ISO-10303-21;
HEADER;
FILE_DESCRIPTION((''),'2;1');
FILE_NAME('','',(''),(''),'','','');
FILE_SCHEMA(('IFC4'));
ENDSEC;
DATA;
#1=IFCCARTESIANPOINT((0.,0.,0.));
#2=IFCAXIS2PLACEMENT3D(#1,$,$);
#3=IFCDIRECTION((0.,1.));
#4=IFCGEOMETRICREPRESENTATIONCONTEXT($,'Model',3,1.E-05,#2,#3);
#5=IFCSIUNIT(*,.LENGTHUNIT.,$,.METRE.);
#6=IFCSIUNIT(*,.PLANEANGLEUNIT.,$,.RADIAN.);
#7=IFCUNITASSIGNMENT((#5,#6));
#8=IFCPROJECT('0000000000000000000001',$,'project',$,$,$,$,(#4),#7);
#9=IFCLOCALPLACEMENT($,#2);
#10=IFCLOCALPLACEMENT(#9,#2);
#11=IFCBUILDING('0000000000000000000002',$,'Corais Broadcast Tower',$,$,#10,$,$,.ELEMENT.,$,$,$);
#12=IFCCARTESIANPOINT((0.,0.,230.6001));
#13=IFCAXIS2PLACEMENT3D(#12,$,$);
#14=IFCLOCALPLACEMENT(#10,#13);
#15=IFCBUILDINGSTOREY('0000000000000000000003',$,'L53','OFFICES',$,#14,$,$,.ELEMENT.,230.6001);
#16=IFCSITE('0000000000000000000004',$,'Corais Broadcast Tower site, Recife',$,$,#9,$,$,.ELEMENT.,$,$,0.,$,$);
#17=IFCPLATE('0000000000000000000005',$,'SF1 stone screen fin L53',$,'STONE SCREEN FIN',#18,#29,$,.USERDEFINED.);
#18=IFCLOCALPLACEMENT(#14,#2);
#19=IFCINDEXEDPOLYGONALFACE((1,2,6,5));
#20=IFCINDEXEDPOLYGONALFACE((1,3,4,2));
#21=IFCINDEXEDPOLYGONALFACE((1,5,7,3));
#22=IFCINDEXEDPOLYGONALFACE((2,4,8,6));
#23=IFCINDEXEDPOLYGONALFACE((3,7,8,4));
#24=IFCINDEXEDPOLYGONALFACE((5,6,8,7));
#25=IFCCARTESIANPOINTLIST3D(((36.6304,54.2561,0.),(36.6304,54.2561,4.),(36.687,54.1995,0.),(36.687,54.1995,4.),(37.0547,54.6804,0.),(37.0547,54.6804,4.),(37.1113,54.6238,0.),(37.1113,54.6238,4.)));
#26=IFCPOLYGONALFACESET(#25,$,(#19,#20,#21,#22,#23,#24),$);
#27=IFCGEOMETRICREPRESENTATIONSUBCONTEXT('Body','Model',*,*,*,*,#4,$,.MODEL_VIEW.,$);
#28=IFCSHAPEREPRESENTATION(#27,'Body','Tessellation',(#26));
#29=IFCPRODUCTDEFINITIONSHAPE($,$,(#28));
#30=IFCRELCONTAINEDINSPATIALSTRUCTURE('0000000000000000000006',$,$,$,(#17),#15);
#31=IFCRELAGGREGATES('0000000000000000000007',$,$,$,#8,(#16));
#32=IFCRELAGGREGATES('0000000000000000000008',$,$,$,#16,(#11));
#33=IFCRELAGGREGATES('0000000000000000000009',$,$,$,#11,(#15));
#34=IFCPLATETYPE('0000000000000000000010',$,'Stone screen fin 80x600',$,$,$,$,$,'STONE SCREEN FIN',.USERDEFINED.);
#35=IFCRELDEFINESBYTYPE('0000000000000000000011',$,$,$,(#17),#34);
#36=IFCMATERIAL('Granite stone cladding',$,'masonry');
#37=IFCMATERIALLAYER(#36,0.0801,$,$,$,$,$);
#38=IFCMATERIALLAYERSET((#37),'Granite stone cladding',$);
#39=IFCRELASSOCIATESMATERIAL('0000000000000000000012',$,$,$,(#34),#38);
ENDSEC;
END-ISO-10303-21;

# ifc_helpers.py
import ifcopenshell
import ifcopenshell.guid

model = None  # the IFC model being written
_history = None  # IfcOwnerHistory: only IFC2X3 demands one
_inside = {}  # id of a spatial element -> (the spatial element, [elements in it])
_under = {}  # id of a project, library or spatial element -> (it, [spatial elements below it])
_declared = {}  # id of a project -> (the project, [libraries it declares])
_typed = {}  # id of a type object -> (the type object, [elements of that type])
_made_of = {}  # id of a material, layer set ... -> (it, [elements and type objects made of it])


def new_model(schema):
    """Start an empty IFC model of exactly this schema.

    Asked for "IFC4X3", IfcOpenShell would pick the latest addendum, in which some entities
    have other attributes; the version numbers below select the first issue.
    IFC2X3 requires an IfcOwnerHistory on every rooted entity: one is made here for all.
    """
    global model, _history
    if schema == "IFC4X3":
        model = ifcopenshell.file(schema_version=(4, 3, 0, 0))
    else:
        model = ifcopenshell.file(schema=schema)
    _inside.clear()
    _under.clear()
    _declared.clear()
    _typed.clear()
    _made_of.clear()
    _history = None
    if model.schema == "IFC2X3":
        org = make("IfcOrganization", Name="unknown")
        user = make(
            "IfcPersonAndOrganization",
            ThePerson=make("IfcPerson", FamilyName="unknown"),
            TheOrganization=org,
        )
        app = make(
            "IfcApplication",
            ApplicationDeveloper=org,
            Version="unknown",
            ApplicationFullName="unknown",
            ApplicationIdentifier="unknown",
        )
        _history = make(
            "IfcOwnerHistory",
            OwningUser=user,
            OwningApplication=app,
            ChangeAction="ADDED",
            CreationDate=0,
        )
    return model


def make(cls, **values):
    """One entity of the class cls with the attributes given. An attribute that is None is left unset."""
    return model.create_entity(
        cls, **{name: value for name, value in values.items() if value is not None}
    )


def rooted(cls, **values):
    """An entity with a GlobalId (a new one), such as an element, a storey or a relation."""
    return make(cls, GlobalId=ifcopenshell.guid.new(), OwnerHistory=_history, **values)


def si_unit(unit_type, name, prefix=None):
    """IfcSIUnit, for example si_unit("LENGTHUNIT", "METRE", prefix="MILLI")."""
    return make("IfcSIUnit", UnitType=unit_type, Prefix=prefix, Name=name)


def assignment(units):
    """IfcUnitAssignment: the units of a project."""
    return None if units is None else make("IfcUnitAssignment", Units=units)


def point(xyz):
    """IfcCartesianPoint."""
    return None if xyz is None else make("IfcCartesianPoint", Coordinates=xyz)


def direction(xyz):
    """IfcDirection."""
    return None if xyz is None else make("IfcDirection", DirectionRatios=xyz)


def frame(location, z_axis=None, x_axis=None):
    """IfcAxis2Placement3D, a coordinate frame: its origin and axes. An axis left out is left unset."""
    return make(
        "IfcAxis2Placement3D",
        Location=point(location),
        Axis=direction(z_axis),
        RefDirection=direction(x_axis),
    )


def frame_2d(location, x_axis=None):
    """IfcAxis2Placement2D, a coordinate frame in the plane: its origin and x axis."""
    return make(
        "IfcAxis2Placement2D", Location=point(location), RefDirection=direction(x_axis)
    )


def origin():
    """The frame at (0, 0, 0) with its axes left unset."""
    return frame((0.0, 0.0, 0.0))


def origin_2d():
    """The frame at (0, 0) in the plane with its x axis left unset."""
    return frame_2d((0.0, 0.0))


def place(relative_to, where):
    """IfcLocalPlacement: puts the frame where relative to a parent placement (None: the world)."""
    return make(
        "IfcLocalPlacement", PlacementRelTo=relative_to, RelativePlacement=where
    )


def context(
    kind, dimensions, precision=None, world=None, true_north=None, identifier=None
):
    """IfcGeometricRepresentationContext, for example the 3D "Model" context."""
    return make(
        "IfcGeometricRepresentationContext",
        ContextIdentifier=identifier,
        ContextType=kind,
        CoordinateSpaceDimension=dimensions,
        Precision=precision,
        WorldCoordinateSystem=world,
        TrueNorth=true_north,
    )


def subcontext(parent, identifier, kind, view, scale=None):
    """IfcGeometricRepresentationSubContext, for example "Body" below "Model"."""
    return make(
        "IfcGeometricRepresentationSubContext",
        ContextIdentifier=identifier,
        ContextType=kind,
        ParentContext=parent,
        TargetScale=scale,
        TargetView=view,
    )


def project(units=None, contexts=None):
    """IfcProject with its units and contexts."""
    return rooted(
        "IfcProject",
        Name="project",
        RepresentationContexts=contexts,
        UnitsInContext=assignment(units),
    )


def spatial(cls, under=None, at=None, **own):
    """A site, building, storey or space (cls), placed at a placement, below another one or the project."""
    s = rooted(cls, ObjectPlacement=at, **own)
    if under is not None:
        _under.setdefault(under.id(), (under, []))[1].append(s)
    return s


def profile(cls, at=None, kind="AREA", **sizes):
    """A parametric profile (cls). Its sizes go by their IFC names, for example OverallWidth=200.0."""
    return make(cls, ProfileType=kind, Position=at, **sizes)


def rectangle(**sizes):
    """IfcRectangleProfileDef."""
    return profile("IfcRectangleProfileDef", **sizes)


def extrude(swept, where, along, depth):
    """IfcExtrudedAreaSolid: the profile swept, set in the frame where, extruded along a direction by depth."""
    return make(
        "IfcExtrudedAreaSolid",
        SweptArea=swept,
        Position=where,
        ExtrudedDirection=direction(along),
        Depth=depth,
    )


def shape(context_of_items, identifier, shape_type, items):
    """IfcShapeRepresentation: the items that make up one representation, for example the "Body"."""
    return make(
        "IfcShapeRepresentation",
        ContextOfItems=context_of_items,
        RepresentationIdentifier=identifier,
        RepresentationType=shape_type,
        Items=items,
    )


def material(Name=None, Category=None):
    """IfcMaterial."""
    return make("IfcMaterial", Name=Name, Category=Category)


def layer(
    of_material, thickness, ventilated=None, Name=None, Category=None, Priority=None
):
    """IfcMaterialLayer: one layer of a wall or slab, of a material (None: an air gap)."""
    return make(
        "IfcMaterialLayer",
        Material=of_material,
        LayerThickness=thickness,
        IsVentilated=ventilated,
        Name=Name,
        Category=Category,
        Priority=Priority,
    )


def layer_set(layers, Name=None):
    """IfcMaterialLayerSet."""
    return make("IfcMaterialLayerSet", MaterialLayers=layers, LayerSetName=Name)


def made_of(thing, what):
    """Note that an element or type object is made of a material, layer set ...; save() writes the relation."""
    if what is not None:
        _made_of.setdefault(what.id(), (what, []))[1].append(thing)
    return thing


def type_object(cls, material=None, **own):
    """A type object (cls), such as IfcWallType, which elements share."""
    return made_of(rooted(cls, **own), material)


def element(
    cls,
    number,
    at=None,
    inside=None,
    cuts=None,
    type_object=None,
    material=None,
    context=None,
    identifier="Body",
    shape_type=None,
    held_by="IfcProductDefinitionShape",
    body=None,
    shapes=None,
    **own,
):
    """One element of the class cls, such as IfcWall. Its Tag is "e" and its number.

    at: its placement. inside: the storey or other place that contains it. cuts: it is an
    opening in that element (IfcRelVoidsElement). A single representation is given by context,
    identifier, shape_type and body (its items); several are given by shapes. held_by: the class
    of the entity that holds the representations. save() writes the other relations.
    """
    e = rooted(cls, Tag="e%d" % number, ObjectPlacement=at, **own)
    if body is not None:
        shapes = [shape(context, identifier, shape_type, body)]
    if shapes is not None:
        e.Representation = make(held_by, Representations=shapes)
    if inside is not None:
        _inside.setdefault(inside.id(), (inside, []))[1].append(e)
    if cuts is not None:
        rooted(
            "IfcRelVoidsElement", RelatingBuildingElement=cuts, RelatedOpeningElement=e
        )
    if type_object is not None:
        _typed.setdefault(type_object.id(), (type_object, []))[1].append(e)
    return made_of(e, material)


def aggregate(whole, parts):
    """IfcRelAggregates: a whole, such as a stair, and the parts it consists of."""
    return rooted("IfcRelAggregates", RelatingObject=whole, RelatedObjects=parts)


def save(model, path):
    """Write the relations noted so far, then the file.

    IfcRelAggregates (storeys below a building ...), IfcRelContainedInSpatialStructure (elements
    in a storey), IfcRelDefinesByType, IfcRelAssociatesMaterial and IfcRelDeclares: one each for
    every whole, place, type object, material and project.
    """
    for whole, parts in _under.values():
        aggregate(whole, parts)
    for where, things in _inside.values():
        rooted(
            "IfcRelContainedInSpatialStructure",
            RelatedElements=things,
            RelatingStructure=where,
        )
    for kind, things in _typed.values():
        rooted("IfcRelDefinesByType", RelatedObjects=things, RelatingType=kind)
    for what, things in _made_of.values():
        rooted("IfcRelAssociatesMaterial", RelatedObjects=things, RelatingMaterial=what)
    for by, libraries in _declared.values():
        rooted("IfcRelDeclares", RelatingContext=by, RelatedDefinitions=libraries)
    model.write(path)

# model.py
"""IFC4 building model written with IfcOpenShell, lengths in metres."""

from ifc_helpers import new_model, si_unit, direction, frame, origin, origin_2d, place, context, subcontext, project, spatial, rectangle, extrude, material, layer, layer_set, type_object, element, save


model = new_model("IFC4")

# Units and contexts
model_context = context("Model", 3, precision=1e-05, world=origin(), true_north=direction((0.0, 1.0)))
body_context = subcontext(model_context, "Body", "Model", "MODEL_VIEW")
ifc_project = project(units=[si_unit("LENGTHUNIT", "METRE"), si_unit("PLANEANGLEUNIT", "RADIAN")], contexts=[model_context])

# Site, building, storey
site_placement = place(None, origin())
site = spatial("IfcSite", under=ifc_project, at=site_placement, Name="Corais Broadcast Tower site, Recife", CompositionType="ELEMENT", RefElevation=0.0)
building_placement = place(site_placement, origin())
building = spatial("IfcBuilding", under=site, at=building_placement, Name="Corais Broadcast Tower", CompositionType="ELEMENT")
storey_placement = place(building_placement, frame((0.0, 0.0, 230.6001)))
storey = spatial("IfcBuildingStorey", under=building, at=storey_placement, Name="L53", Description="OFFICES", CompositionType="ELEMENT", Elevation=230.6001)

# Plate
ifc_material_1 = material(Name="Granite stone cladding", Category="masonry")
ifc_layer_1 = layer(ifc_material_1, 0.0801)
ifc_layer_set_1 = layer_set([ifc_layer_1], Name="Granite stone cladding")
plate_type_1 = type_object("IfcPlateType", Name="Stone screen fin 80x600", ElementType="STONE SCREEN FIN", PredefinedType="USERDEFINED", material=ifc_layer_set_1)
plate_1_placement = place(storey_placement, frame((36.8708, 54.4399, 0.0), z_axis=(0.0, 0.0, 1.0), x_axis=(0.707107, -0.707107, 0.0)))
element("IfcPlate", 1, at=plate_1_placement, inside=storey, type_object=plate_type_1, Name="SF1 stone screen fin L53", ObjectType="STONE SCREEN FIN", PredefinedType="USERDEFINED", context=body_context, shape_type="SweptSolid", body=[
    extrude(rectangle(XDim=0.0801, YDim=0.6001, at=origin_2d()), origin(), (0.0, 0.0, 1.0), 4.0),
])

save(model, "model.ifc")
